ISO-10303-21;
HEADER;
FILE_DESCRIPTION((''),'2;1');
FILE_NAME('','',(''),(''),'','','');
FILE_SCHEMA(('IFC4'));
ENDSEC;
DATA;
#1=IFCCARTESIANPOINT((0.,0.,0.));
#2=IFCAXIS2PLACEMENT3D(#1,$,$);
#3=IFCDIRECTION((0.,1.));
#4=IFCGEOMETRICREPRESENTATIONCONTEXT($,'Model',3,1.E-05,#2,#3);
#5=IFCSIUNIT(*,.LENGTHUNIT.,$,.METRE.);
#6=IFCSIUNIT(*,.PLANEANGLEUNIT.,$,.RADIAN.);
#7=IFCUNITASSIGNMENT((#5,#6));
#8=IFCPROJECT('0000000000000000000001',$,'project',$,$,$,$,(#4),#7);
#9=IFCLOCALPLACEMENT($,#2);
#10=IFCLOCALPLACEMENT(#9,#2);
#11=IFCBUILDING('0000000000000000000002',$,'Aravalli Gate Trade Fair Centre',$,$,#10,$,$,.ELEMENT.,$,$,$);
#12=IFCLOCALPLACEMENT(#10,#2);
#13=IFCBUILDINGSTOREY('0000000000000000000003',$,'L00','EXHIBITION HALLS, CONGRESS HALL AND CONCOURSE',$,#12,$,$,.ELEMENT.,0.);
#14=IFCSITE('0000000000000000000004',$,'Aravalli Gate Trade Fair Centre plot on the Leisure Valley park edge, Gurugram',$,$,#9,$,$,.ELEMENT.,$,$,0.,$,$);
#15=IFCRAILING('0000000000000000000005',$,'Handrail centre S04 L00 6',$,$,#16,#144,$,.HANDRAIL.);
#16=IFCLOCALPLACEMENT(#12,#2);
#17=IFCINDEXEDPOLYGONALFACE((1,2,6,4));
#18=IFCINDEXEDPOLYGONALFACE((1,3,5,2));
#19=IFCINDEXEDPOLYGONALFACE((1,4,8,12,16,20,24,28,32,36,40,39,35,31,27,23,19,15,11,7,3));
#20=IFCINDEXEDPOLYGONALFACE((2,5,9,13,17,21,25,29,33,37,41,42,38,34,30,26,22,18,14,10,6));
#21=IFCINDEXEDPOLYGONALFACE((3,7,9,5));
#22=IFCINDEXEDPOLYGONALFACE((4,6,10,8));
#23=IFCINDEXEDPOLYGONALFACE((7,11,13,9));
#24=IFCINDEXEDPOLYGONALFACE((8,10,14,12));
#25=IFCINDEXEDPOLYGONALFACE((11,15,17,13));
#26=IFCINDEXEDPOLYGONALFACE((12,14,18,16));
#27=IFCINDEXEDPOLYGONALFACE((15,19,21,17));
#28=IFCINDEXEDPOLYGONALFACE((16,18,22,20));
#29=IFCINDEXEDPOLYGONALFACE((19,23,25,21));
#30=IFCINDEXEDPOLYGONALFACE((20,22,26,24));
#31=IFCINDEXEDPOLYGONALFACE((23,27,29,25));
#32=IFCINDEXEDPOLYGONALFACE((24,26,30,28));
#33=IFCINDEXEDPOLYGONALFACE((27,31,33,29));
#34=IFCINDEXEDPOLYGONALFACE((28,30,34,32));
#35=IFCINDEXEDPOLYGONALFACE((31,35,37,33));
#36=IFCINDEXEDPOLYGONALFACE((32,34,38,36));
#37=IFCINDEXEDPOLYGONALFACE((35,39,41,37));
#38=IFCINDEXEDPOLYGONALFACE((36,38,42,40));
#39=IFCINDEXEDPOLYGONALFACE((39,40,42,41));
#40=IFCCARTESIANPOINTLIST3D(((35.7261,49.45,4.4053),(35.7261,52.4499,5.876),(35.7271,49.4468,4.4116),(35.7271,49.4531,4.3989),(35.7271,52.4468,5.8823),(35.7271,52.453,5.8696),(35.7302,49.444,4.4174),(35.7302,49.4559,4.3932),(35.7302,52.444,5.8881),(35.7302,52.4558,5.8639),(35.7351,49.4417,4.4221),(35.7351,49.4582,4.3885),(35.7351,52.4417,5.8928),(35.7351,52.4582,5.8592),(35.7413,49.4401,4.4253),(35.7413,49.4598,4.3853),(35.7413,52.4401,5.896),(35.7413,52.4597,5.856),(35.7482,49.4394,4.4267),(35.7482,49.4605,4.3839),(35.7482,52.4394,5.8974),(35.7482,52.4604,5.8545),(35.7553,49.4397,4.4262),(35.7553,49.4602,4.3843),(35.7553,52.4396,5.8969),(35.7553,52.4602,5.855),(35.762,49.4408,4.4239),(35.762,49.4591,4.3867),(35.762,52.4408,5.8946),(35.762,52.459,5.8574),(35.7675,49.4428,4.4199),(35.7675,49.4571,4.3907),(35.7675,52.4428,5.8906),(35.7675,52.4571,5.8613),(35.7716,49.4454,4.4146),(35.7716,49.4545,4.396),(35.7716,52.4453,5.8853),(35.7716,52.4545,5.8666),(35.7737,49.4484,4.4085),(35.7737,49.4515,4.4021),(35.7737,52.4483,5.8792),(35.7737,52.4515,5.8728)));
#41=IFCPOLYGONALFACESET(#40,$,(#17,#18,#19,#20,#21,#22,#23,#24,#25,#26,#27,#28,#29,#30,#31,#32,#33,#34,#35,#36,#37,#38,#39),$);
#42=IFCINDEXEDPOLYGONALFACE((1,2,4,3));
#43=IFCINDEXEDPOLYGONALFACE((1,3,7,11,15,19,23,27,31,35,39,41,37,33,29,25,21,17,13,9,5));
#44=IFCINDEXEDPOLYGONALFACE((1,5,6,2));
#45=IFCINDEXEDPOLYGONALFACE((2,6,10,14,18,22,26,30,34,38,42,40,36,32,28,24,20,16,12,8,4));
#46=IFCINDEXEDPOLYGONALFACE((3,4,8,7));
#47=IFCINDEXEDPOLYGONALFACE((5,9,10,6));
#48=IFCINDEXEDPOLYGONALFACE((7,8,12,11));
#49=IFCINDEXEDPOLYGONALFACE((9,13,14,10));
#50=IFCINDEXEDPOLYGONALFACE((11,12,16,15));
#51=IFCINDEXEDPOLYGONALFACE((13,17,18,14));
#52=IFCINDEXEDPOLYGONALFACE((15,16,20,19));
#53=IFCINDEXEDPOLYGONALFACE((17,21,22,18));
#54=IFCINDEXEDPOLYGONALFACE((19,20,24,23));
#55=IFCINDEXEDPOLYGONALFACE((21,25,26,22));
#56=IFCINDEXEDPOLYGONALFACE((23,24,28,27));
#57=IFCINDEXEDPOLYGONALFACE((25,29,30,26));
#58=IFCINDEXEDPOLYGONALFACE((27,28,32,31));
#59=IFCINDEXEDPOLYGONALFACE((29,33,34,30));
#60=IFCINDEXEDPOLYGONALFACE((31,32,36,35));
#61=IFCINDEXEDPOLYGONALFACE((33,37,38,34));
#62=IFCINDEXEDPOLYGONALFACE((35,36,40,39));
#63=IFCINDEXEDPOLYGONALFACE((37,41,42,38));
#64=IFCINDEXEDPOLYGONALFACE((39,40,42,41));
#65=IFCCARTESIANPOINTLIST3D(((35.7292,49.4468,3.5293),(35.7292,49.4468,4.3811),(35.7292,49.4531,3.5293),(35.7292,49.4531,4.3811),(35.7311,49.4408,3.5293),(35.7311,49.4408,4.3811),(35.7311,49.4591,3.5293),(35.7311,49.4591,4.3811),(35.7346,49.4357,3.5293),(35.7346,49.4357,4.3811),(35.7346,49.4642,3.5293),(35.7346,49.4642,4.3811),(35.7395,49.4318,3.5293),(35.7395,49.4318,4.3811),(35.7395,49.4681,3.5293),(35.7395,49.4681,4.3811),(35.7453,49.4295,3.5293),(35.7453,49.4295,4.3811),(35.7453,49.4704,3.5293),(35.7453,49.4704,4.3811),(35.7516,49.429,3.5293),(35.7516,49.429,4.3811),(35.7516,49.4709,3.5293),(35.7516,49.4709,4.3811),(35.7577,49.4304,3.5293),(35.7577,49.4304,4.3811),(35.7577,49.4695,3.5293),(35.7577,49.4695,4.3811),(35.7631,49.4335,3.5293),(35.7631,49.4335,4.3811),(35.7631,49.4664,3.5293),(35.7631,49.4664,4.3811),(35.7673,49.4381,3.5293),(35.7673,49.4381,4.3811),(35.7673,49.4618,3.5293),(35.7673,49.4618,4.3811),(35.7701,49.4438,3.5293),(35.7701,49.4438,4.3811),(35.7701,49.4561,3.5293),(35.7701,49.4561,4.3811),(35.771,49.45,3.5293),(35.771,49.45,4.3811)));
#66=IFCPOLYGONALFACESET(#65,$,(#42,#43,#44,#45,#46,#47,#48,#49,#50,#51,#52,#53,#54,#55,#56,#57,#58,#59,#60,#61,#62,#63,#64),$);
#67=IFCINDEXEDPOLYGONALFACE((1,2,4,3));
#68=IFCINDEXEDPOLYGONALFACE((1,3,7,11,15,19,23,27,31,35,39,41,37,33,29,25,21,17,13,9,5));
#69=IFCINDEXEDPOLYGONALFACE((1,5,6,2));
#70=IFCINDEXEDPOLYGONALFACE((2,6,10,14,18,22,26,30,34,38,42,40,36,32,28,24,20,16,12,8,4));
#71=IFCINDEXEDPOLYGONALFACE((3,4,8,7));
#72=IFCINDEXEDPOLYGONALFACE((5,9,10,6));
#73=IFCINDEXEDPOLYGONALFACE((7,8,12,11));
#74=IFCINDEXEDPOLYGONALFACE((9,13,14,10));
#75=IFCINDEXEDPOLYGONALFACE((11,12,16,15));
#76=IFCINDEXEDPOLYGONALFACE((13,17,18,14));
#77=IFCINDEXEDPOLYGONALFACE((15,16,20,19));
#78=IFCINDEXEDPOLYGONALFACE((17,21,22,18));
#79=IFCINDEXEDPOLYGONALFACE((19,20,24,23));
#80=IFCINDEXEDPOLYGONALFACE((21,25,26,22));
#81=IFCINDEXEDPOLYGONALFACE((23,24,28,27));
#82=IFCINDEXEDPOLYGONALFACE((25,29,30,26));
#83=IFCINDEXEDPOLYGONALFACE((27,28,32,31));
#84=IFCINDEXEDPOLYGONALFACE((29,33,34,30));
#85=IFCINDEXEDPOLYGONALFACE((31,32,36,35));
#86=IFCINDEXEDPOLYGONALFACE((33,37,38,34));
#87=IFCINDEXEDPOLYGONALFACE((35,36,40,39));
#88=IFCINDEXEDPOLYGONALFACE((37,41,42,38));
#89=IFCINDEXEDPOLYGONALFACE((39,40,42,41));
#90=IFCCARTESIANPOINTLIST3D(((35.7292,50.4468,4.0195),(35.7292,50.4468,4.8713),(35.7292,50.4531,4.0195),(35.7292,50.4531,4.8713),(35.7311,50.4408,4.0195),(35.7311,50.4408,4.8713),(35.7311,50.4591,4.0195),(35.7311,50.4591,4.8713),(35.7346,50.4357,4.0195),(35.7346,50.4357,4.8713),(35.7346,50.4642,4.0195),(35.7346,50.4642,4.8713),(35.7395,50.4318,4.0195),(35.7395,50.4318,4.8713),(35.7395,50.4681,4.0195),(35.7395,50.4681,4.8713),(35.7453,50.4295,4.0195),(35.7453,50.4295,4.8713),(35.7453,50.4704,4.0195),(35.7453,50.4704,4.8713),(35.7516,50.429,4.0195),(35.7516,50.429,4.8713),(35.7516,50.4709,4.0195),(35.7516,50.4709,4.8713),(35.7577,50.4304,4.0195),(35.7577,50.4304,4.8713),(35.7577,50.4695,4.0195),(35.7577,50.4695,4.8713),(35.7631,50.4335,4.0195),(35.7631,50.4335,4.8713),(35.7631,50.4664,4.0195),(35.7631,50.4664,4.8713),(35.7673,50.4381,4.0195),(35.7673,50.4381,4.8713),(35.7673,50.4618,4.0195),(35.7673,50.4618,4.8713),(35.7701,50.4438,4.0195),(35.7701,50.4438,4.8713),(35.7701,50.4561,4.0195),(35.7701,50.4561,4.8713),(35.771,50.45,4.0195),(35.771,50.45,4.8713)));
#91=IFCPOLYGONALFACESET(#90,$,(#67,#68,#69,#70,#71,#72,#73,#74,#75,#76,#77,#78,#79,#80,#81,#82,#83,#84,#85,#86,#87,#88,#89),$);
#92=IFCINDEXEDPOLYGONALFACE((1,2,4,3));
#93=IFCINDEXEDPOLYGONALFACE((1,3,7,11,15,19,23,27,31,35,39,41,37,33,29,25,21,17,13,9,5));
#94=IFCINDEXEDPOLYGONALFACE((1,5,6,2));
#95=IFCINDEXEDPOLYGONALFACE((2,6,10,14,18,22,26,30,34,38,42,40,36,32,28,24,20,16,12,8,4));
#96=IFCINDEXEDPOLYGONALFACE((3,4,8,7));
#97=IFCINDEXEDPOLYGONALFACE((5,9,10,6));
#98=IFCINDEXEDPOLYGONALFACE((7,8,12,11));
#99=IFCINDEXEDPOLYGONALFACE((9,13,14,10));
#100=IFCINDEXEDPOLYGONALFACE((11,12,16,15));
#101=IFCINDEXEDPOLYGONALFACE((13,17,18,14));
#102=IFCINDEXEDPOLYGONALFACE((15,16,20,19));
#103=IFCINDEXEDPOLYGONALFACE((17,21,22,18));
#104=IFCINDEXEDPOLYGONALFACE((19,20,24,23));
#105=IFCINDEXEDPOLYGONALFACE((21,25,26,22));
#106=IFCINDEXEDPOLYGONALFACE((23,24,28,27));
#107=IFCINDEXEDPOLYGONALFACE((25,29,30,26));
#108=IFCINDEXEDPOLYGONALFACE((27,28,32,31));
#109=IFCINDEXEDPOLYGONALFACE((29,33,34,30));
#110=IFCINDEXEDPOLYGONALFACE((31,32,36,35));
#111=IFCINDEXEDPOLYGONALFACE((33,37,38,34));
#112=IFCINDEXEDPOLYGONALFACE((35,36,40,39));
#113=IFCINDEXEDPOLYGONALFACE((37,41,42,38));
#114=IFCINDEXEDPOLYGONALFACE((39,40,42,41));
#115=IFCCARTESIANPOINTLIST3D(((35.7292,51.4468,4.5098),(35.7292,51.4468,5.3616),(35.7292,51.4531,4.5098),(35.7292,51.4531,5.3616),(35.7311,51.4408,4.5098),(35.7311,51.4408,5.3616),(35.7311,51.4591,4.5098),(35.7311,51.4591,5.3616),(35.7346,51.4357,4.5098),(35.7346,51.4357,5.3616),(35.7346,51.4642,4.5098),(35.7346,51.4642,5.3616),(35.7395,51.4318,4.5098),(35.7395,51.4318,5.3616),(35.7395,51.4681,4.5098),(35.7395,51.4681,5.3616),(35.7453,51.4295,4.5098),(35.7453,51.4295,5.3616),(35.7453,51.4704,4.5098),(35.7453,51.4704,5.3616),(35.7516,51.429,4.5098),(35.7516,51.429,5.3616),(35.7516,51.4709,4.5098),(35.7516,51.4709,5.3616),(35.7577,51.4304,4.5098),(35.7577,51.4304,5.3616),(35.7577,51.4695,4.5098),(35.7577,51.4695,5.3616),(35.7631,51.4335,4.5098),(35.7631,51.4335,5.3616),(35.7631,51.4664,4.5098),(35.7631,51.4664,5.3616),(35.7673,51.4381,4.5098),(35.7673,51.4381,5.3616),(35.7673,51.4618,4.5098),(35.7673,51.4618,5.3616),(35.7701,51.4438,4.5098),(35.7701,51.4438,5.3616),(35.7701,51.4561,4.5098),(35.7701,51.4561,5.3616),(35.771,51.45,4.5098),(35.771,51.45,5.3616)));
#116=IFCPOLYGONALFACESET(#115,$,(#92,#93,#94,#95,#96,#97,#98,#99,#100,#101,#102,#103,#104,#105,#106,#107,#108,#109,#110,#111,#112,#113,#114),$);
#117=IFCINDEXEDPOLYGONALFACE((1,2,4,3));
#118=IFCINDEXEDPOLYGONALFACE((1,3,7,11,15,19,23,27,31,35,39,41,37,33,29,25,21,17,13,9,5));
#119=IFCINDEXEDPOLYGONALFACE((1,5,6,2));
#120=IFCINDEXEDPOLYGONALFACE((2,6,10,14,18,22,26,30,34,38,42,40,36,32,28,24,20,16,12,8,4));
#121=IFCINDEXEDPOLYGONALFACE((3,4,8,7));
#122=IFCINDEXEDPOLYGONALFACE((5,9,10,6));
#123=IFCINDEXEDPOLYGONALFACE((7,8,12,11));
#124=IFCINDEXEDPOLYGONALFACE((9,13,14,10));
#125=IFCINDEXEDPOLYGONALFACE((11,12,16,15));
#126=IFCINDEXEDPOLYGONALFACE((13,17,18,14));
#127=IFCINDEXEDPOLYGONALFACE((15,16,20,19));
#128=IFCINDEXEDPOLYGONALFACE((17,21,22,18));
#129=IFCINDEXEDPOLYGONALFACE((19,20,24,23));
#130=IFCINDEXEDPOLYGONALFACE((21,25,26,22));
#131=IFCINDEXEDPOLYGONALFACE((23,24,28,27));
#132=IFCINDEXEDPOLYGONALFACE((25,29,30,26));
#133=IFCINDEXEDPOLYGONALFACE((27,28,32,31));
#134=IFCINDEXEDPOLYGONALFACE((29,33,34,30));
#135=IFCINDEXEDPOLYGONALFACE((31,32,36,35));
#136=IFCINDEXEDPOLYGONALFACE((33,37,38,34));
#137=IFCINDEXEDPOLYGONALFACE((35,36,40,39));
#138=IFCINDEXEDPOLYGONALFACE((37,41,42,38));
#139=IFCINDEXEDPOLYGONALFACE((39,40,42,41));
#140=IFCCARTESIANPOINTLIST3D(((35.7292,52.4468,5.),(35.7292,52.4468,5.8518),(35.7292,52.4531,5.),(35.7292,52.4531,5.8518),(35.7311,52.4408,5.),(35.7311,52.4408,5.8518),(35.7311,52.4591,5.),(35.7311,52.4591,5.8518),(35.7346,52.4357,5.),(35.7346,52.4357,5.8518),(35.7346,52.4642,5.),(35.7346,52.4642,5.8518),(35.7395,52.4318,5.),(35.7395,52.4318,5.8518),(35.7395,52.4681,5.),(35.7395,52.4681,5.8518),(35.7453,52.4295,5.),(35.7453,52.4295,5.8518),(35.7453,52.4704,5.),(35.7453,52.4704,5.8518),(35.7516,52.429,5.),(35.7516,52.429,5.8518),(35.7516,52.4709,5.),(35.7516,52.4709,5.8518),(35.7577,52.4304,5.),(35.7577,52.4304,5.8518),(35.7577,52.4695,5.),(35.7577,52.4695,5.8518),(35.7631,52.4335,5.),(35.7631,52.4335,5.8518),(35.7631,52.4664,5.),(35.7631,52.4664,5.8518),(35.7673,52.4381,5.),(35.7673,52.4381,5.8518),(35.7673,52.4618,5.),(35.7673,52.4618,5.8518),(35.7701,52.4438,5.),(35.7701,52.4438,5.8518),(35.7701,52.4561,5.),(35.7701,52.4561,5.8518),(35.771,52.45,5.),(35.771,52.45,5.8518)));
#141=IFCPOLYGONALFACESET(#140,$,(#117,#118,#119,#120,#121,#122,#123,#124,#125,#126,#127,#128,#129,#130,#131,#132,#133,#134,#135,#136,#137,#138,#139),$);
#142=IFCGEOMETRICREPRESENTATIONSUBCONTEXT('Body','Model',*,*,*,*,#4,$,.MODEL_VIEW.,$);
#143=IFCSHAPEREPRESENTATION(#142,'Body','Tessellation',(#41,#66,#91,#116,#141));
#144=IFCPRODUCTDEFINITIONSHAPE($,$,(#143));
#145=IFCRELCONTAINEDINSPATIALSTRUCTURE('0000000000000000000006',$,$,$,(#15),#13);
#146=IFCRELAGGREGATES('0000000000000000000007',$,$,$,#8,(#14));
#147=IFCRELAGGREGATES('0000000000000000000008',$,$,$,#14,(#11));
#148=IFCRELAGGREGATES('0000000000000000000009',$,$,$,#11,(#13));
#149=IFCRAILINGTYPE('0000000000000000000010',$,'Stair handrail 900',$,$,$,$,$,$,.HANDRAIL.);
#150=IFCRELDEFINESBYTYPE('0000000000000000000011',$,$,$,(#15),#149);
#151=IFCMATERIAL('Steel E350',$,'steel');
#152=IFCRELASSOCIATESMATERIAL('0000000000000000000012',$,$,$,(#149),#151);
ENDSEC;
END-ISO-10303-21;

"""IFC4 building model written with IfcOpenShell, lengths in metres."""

from ifc_helpers import new_model, si_unit, direction, frame, origin, origin_2d, place, context, subcontext, project, spatial, circle, extrude, material, type_object, element, save


model = new_model("IFC4")

# Units and contexts
model_context = context("Model", 3, precision=1e-05, world=origin(), true_north=direction((0.0, 1.0)))
body_context = subcontext(model_context, "Body", "Model", "MODEL_VIEW")
ifc_project = project(units=[si_unit("LENGTHUNIT", "METRE"), si_unit("PLANEANGLEUNIT", "RADIAN")], contexts=[model_context])

# Site, building, storey
site_placement = place(None, origin())
site = spatial("IfcSite", under=ifc_project, at=site_placement, Name="Aravalli Gate Trade Fair Centre plot on the Leisure Valley park edge, Gurugram", CompositionType="ELEMENT", RefElevation=0.0)
building_placement = place(site_placement, origin())
building = spatial("IfcBuilding", under=site, at=building_placement, Name="Aravalli Gate Trade Fair Centre", CompositionType="ELEMENT")
storey_placement = place(building_placement, origin())
storey = spatial("IfcBuildingStorey", under=building, at=storey_placement, Name="L00", Description="EXHIBITION HALLS, CONGRESS HALL AND CONCOURSE", CompositionType="ELEMENT", Elevation=0.0)

# Railing
ifc_material_1 = material(Name="Steel E350", Category="steel")
railing_type = type_object("IfcRailingType", Name="Stair handrail 900", PredefinedType="HANDRAIL", material=ifc_material_1)
for number, where, name in (
    (1, (35.75, 49.45, 3.5293), "Handrail centre S04 L00 6"),
):
    element("IfcRailing", number, at=place(storey_placement, frame(where)), inside=storey, type_object=railing_type, Name=name, PredefinedType="HANDRAIL", context=body_context, shape_type="SweptSolid", body=[
        extrude(circle(Radius=0.0239, at=origin_2d()), frame((0.0, 0.0, 0.876), z_axis=(0.0, 0.897907, 0.440185), x_axis=(-1.0, 0.0, 0.0)), (0.0, 0.0, 1.0), 3.3411),
        extrude(circle(Radius=0.021, at=origin_2d()), origin(), (0.0, 0.0, 1.0), 0.8518),
        extrude(circle(Radius=0.021, at=origin_2d()), frame((0.0, 1.0, 0.4902)), (0.0, 0.0, 1.0), 0.8518),
        extrude(circle(Radius=0.021, at=origin_2d()), frame((0.0, 2.0, 0.9805)), (0.0, 0.0, 1.0), 0.8518),
        extrude(circle(Radius=0.021, at=origin_2d()), frame((0.0, 3.0, 1.4707)), (0.0, 0.0, 1.0), 0.8518),
    ])

save(model, "model.ifc")
